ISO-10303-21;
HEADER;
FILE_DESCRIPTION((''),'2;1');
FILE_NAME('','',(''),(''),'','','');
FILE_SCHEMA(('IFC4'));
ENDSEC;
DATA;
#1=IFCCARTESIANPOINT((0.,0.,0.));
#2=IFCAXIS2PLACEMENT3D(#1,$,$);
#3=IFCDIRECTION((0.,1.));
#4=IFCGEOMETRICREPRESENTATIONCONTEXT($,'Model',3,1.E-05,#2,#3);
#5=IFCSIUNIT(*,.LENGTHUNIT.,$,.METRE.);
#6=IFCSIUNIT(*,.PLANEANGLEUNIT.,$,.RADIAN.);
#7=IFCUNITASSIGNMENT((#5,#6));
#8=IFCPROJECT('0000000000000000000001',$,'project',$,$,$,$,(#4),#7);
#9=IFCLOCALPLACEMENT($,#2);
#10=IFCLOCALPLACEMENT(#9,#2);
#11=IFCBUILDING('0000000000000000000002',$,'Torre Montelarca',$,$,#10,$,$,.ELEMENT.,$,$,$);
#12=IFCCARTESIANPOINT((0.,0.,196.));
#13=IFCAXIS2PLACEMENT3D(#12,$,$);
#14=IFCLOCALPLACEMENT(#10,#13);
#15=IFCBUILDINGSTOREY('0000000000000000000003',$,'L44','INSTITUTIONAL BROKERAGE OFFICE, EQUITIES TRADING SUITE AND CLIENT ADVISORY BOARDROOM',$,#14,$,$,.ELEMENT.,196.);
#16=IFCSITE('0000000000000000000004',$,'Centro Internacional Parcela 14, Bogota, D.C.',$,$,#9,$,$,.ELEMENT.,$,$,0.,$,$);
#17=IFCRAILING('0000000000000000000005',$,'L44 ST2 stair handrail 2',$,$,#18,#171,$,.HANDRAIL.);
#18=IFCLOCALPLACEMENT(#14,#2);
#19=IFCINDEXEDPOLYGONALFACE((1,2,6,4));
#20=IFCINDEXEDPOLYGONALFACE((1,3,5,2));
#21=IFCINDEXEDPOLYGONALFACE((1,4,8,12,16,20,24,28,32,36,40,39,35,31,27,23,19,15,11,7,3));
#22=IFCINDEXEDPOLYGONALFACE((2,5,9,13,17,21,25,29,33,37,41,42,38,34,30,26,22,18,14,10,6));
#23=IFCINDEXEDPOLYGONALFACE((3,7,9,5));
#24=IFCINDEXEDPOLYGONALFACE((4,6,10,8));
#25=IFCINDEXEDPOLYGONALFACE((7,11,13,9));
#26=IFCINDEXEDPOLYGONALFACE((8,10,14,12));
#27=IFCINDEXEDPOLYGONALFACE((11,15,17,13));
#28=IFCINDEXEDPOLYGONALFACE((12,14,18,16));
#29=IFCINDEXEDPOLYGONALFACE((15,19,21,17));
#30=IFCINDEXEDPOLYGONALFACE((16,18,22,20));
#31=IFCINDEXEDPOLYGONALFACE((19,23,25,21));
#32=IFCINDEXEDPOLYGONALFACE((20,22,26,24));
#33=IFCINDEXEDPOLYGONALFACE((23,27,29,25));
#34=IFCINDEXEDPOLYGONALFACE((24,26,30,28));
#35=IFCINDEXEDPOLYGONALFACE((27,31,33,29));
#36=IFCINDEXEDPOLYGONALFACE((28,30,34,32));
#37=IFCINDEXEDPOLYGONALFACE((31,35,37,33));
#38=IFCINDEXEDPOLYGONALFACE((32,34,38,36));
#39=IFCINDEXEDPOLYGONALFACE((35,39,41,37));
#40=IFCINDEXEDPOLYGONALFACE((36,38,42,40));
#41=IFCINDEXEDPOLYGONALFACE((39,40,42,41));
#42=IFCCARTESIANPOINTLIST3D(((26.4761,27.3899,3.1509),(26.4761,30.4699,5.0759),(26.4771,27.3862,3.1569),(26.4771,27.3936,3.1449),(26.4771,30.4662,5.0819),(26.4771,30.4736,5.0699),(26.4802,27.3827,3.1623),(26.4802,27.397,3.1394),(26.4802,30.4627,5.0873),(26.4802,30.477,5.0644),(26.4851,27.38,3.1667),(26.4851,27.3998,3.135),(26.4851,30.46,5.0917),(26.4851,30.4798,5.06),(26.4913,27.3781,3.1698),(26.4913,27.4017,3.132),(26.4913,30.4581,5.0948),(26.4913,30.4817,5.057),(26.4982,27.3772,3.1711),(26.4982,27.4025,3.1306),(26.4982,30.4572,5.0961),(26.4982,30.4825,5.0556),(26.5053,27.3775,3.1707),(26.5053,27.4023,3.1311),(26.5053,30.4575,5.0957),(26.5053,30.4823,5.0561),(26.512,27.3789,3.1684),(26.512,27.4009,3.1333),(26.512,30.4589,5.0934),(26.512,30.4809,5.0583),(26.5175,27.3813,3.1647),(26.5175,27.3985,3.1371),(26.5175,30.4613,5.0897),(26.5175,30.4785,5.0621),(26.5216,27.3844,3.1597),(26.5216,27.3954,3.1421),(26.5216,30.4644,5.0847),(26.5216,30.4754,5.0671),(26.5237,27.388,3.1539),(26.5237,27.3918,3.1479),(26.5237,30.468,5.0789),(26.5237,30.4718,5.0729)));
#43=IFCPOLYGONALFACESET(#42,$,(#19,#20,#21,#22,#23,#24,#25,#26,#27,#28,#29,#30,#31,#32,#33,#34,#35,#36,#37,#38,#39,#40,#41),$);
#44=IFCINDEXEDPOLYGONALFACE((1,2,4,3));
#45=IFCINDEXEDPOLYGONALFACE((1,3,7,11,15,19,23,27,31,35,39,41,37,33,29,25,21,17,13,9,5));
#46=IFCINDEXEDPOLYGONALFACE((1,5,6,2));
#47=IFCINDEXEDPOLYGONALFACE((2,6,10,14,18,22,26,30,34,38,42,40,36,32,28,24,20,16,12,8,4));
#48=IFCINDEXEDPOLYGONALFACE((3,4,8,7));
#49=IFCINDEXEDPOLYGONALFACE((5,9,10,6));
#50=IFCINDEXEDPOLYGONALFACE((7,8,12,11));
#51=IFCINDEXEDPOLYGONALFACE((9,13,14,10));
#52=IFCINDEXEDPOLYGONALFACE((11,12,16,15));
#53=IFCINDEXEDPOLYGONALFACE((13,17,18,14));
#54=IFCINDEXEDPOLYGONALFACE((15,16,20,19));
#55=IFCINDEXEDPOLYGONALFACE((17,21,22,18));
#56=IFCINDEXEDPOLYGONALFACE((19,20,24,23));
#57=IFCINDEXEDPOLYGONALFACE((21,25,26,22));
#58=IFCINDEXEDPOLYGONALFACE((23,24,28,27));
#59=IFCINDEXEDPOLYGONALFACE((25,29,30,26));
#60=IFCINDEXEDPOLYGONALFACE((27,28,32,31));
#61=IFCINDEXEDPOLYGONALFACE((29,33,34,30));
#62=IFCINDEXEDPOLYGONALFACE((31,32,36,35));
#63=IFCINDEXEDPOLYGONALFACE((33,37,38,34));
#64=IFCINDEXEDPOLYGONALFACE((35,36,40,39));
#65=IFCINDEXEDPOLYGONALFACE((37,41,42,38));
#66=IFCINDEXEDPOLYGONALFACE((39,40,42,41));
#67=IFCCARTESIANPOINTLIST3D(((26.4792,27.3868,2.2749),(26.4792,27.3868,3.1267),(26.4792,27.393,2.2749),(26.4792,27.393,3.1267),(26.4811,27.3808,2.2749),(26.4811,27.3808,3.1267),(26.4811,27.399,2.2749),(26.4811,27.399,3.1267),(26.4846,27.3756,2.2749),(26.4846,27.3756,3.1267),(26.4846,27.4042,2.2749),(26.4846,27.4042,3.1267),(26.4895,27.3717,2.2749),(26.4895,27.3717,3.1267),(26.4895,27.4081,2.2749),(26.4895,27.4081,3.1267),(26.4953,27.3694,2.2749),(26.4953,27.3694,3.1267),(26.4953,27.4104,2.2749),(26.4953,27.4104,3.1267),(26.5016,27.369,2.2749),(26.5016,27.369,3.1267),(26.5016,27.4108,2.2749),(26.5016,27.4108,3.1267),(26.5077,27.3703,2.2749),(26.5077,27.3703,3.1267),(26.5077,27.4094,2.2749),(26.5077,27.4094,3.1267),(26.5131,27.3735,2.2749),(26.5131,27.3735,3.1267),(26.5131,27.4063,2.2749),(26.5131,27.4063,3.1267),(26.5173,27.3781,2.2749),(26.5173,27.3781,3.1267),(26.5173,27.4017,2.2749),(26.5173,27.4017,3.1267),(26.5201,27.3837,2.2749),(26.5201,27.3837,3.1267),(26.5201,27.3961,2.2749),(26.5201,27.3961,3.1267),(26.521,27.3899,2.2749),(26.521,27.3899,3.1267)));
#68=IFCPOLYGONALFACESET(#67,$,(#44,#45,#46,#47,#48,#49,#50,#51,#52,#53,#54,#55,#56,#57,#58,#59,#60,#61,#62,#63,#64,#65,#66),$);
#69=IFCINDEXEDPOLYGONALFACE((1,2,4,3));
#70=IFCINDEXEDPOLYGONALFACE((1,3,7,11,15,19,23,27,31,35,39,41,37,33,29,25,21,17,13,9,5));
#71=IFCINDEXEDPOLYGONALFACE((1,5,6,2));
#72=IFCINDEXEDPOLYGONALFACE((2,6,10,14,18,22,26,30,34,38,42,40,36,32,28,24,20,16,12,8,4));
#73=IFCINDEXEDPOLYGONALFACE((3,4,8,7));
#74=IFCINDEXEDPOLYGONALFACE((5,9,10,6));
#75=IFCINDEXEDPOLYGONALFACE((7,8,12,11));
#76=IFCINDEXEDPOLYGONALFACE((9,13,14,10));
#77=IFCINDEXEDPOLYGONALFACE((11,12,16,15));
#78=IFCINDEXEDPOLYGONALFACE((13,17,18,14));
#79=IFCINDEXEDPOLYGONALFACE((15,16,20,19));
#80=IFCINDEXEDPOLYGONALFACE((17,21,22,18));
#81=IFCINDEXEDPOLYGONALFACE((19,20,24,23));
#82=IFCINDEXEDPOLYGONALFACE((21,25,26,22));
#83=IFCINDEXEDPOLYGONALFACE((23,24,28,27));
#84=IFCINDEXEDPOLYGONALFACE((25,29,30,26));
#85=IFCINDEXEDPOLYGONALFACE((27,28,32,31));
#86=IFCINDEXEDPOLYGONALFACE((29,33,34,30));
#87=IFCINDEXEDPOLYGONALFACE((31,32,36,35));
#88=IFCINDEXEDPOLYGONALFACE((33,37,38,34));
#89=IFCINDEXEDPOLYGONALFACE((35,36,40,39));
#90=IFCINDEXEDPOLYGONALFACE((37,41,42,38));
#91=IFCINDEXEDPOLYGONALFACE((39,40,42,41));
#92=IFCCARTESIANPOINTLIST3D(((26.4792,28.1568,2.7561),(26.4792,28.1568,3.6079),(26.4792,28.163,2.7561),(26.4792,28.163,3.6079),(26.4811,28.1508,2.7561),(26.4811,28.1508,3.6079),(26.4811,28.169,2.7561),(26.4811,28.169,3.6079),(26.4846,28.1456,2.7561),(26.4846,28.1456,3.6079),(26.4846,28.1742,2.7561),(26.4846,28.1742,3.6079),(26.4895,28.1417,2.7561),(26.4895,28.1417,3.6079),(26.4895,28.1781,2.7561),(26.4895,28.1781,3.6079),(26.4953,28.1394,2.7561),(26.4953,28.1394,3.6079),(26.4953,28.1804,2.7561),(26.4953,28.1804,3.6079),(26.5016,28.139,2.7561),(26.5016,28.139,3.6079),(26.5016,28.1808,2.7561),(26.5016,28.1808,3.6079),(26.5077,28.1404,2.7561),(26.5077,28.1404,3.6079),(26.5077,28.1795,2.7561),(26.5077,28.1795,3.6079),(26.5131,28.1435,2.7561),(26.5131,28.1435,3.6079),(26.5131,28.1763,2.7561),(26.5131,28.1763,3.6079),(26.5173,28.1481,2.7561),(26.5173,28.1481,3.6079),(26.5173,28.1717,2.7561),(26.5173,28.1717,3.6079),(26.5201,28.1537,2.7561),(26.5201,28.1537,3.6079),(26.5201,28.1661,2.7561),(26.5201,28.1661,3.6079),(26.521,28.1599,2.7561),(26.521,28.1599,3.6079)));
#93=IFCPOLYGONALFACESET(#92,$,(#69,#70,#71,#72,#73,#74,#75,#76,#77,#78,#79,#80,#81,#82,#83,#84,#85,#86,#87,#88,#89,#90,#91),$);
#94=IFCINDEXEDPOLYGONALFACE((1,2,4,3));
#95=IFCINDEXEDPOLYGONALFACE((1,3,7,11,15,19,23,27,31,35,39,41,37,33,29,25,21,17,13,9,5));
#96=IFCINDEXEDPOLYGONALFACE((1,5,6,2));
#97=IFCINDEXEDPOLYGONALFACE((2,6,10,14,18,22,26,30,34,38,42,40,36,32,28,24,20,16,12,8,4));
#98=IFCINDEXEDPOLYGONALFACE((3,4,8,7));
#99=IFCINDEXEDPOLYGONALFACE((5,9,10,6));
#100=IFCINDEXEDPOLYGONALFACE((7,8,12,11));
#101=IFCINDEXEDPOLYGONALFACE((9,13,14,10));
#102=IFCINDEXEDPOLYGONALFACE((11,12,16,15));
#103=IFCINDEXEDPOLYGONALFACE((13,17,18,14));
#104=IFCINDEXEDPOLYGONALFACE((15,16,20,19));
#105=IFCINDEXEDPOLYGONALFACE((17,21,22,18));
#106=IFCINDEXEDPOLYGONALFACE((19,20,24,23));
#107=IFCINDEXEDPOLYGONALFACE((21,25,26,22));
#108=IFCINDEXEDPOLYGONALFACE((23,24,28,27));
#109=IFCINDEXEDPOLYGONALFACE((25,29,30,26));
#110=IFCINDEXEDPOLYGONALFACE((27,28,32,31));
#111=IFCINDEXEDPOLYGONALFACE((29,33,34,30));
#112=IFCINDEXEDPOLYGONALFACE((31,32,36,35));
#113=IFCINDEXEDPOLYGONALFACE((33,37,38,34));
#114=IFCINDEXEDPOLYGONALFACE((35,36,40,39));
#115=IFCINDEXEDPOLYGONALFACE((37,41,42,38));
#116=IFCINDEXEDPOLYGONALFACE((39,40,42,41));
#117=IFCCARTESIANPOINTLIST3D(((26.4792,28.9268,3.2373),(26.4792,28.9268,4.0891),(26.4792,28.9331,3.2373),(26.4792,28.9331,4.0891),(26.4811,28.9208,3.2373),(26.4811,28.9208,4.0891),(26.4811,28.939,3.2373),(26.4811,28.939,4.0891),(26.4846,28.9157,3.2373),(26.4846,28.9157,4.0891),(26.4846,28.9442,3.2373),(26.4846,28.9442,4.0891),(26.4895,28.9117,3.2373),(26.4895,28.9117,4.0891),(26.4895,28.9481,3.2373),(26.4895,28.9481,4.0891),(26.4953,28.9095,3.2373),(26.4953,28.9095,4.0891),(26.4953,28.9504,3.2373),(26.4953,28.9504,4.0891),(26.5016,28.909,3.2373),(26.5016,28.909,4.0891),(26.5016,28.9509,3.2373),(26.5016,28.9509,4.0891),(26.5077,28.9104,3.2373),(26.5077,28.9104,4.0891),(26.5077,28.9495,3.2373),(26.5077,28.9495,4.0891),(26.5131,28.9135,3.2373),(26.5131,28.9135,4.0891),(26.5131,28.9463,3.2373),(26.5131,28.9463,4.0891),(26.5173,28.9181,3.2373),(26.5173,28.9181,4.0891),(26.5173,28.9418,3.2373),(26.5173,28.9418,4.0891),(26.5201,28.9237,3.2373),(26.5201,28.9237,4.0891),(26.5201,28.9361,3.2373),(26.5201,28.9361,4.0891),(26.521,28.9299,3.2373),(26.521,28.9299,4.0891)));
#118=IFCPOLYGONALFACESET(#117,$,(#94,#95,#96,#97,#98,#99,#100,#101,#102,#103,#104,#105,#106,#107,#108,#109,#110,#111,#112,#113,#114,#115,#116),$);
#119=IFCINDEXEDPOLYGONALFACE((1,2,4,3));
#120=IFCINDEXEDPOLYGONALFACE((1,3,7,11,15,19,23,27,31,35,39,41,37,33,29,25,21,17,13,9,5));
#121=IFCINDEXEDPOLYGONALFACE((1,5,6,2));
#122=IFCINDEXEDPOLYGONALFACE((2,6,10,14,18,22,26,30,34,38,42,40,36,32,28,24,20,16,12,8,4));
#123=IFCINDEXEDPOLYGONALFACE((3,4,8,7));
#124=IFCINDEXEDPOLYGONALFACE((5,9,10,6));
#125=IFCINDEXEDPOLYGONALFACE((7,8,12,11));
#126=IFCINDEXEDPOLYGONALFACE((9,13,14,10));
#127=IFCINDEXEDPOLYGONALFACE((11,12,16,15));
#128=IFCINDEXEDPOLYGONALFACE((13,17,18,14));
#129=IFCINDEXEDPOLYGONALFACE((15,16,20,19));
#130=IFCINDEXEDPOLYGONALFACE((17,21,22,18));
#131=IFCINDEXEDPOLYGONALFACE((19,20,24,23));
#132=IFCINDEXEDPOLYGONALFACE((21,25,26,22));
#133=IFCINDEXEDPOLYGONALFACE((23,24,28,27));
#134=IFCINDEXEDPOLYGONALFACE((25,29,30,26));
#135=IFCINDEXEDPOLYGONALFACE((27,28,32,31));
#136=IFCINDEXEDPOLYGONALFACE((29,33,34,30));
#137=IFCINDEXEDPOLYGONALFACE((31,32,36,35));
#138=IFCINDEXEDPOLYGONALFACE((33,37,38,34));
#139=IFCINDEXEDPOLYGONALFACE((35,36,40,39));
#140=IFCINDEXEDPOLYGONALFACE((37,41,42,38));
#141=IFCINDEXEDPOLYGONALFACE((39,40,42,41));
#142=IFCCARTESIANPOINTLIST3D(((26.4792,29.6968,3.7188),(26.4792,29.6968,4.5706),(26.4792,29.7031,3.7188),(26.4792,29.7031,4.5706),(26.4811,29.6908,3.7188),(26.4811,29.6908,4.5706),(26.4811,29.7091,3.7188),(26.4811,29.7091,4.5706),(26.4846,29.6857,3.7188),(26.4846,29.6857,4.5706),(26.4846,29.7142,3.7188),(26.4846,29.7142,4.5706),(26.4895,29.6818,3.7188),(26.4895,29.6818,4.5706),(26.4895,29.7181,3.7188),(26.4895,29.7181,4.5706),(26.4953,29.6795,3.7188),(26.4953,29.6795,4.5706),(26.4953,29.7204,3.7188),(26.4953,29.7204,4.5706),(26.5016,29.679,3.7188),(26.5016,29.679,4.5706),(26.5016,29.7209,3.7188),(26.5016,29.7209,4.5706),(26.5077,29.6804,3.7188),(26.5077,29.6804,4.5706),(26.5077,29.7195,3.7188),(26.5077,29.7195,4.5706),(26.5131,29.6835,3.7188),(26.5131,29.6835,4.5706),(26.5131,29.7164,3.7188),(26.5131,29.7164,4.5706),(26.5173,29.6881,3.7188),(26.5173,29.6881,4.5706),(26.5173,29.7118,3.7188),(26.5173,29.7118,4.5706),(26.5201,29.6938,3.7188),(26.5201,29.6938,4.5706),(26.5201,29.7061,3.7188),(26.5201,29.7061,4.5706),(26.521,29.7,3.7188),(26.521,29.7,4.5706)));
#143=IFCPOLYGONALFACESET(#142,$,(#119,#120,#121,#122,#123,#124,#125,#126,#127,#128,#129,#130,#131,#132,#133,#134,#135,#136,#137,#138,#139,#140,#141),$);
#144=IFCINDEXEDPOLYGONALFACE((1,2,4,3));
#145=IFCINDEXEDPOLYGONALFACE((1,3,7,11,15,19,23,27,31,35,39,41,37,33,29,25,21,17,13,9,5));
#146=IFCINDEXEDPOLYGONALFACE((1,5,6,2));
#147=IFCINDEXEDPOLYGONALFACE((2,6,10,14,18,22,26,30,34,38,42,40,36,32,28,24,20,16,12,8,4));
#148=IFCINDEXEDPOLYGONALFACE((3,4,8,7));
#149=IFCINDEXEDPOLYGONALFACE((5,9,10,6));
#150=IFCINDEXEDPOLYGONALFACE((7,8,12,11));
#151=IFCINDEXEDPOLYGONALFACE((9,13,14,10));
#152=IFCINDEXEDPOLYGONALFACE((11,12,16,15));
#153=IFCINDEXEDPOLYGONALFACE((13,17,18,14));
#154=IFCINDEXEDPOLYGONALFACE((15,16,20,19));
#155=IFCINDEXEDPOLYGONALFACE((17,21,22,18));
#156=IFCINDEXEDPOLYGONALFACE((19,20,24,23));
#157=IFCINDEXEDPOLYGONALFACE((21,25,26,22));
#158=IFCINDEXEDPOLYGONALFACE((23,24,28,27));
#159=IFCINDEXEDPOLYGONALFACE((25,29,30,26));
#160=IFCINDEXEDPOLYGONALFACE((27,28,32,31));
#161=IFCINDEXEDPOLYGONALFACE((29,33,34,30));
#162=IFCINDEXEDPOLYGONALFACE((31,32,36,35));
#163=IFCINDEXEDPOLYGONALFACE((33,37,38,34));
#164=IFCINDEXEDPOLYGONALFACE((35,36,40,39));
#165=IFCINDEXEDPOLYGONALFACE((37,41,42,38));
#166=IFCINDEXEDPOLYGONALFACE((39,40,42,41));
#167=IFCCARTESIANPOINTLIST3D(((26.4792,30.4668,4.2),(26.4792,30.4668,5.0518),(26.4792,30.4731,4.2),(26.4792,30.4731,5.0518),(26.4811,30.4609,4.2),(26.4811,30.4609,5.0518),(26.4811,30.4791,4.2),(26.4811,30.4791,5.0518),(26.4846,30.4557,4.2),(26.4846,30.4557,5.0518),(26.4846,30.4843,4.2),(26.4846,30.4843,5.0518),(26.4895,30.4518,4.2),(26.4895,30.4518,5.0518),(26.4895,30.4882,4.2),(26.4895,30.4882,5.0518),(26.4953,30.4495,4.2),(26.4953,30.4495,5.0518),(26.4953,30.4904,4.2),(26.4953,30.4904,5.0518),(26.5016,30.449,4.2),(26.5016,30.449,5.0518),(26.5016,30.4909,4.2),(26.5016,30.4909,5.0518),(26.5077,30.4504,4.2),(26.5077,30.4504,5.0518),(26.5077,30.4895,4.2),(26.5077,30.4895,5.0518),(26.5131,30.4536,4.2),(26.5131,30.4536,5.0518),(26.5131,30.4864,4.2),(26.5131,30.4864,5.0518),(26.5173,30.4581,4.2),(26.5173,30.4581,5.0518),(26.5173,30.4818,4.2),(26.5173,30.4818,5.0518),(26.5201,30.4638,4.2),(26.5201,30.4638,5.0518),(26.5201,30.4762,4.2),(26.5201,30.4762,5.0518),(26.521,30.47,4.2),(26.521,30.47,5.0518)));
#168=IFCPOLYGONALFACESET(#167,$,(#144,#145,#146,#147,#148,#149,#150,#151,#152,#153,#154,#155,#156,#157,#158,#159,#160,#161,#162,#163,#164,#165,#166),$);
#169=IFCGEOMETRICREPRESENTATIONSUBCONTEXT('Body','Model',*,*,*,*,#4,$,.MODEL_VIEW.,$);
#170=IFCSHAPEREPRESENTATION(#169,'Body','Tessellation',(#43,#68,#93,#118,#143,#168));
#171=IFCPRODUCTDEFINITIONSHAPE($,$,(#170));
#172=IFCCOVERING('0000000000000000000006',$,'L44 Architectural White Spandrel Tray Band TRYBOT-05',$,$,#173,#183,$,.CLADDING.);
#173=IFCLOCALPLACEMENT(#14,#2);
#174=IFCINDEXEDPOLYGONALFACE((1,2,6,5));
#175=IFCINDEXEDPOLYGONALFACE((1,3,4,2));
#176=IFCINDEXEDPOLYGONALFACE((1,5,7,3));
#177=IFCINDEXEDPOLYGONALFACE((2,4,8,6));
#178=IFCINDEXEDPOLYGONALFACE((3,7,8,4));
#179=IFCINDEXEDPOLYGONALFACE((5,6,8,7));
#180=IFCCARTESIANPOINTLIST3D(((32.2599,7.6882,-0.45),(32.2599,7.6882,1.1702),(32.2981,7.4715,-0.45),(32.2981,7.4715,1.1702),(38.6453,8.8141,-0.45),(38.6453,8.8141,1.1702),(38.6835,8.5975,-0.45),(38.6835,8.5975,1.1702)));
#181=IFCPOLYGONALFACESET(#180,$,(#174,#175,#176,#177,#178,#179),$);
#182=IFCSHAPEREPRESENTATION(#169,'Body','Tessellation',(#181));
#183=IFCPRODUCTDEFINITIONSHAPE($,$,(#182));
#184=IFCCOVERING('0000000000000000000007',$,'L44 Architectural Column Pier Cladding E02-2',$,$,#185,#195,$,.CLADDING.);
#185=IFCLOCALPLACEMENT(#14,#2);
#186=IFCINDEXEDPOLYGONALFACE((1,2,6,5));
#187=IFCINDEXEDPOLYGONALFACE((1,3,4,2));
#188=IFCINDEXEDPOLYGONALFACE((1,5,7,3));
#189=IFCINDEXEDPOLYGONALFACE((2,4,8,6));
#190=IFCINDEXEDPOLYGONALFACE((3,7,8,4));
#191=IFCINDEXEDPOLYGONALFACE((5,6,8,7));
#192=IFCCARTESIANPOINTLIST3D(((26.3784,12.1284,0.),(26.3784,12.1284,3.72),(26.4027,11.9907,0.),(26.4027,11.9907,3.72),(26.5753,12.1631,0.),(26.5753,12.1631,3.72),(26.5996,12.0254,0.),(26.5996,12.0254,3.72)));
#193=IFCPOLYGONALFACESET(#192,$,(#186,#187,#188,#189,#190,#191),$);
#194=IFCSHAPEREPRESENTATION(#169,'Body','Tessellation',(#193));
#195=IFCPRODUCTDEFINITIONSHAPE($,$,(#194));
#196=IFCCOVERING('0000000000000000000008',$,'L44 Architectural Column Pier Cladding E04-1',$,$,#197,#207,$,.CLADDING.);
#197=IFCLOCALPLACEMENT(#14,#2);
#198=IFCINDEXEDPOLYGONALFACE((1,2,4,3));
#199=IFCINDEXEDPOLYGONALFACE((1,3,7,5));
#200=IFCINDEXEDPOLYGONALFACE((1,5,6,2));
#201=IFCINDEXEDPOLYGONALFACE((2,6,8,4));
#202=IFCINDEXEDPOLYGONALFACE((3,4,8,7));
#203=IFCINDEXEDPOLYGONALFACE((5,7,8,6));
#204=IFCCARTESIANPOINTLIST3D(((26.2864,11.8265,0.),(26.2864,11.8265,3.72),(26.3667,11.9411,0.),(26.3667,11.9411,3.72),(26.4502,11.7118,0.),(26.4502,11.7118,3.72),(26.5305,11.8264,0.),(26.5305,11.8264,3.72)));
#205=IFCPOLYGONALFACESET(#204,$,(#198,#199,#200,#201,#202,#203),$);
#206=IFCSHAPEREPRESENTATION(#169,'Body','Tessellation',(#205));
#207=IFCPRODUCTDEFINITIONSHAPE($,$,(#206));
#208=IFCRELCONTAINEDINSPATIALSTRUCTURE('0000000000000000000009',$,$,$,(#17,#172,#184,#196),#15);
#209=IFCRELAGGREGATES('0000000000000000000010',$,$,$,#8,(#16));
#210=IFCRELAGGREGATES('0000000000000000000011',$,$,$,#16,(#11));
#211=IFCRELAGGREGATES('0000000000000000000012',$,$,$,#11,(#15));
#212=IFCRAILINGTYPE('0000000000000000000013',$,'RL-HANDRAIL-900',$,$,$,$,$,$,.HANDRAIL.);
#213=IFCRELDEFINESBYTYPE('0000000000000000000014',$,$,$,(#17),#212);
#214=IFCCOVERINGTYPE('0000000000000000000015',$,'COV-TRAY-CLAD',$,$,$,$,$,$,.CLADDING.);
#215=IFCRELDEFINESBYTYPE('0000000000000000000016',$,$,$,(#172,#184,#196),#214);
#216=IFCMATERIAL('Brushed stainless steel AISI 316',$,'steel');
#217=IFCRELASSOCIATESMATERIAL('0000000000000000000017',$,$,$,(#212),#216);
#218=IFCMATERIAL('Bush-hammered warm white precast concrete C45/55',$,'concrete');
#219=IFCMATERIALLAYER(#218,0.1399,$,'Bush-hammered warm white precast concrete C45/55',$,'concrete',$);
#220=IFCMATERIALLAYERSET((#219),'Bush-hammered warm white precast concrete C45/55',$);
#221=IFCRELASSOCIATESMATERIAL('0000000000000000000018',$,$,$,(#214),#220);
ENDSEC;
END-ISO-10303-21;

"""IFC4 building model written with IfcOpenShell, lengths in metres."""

from ifc_helpers import new_model, si_unit, direction, frame, origin, origin_2d, place, context, subcontext, project, spatial, rectangle, circle, extrude, source, transform, mapped, material, layer, layer_set, type_object, element, save


model = new_model("IFC4")

# Units and contexts
model_context = context("Model", 3, precision=1e-05, world=origin(), true_north=direction((0.0, 1.0)))
body_context = subcontext(model_context, "Body", "Model", "MODEL_VIEW")
ifc_project = project(units=[si_unit("LENGTHUNIT", "METRE"), si_unit("PLANEANGLEUNIT", "RADIAN")], contexts=[model_context])

# Site, building, storey
site_placement = place(None, origin())
site = spatial("IfcSite", under=ifc_project, at=site_placement, Name="Centro Internacional Parcela 14, Bogota, D.C.", CompositionType="ELEMENT", RefElevation=0.0)
building_placement = place(site_placement, origin())
building = spatial("IfcBuilding", under=site, at=building_placement, Name="Torre Montelarca", CompositionType="ELEMENT")
storey_placement = place(building_placement, frame((0.0, 0.0, 196.0)))
storey = spatial("IfcBuildingStorey", under=building, at=storey_placement, Name="L44", Description="INSTITUTIONAL BROKERAGE OFFICE, EQUITIES TRADING SUITE AND CLIENT ADVISORY BOARDROOM", CompositionType="ELEMENT", Elevation=196.0)

# Railing
ifc_material_1 = material(Name="Brushed stainless steel AISI 316", Category="steel")
railing_type_1 = type_object("IfcRailingType", Name="RL-HANDRAIL-900", PredefinedType="HANDRAIL", material=ifc_material_1)
railing_1_placement = place(storey_placement, frame((26.5, 27.3899, 2.2749)))
element("IfcRailing", 1, at=railing_1_placement, inside=storey, type_object=railing_type_1, Name="L44 ST2 stair handrail 2", PredefinedType="HANDRAIL", context=body_context, shape_type="SweptSolid", body=[
    extrude(circle(Radius=0.0239, at=origin_2d()), frame((0.0, 0.0, 0.876), z_axis=(0.0, 0.847998, 0.529999), x_axis=(-1.0, 0.0, 0.0)), (0.0, 0.0, 1.0), 3.6321),
    extrude(circle(Radius=0.021, at=origin_2d()), origin(), (0.0, 0.0, 1.0), 0.8518),
    extrude(circle(Radius=0.021, at=origin_2d()), frame((0.0, 0.77, 0.4812)), (0.0, 0.0, 1.0), 0.8518),
    extrude(circle(Radius=0.021, at=origin_2d()), frame((0.0, 1.54, 0.9624)), (0.0, 0.0, 1.0), 0.8518),
    extrude(circle(Radius=0.021, at=origin_2d()), frame((0.0, 2.3101, 1.4438)), (0.0, 0.0, 1.0), 0.8518),
    extrude(circle(Radius=0.021, at=origin_2d()), frame((0.0, 3.0801, 1.925)), (0.0, 0.0, 1.0), 0.8518),
])

# Coverings
ifc_material_2 = material(Name="Bush-hammered warm white precast concrete C45/55", Category="concrete")
ifc_layer_1 = layer(ifc_material_2, 0.1399, Name="Bush-hammered warm white precast concrete C45/55", Category="concrete")
ifc_layer_set_1 = layer_set([ifc_layer_1], Name="Bush-hammered warm white precast concrete C45/55")
covering_type = type_object("IfcCoveringType", Name="COV-TRAY-CLAD", PredefinedType="CLADDING", material=ifc_layer_set_1)
shared_shape_1 = source(origin(), body_context, "Body", "SweptSolid", [
    extrude(rectangle(XDim=6.4839, YDim=0.22, at=origin_2d()), origin(), (0.0, 0.0, 1.0), 1.6201),
])
covering_1_placement = place(storey_placement, frame((35.4717, 8.1428, -0.45), z_axis=(0.0, 0.0, 1.0), x_axis=(0.984807, 0.17365, 0.0)))
element("IfcCovering", 2, at=covering_1_placement, inside=storey, type_object=covering_type, Name="L44 Architectural White Spandrel Tray Band TRYBOT-05", PredefinedType="CLADDING", context=body_context, shape_type="MappedRepresentation", body=[
    mapped(shared_shape_1, transform((0.0, 0.0, 0.0), scale=1.0)),
])
shared_shape_2 = source(origin(), body_context, "Body", "SweptSolid", [
    extrude(rectangle(XDim=0.2, YDim=0.1399, at=origin_2d()), origin(), (0.0, 0.0, 1.0), 3.72),
])
for number, where, z_axis, x_axis, name in (
    (3, (26.489, 12.0769, 0.0), (0.0, 0.0, 1.0), (0.984808, 0.173645, 0.0), "L44 Architectural Column Pier Cladding E02-2"),
    (4, (26.4084, 11.8264, 0.0), (0.0, 0.0, 1.0), (0.819158, -0.573568, 0.0), "L44 Architectural Column Pier Cladding E04-1"),
):
    element("IfcCovering", number, at=place(storey_placement, frame(where, z_axis=z_axis, x_axis=x_axis)), inside=storey, type_object=covering_type, Name=name, PredefinedType="CLADDING", context=body_context, shape_type="MappedRepresentation", body=[
        mapped(shared_shape_2, transform((0.0, 0.0, 0.0), scale=1.0)),
    ])

save(model, "model.ifc")
